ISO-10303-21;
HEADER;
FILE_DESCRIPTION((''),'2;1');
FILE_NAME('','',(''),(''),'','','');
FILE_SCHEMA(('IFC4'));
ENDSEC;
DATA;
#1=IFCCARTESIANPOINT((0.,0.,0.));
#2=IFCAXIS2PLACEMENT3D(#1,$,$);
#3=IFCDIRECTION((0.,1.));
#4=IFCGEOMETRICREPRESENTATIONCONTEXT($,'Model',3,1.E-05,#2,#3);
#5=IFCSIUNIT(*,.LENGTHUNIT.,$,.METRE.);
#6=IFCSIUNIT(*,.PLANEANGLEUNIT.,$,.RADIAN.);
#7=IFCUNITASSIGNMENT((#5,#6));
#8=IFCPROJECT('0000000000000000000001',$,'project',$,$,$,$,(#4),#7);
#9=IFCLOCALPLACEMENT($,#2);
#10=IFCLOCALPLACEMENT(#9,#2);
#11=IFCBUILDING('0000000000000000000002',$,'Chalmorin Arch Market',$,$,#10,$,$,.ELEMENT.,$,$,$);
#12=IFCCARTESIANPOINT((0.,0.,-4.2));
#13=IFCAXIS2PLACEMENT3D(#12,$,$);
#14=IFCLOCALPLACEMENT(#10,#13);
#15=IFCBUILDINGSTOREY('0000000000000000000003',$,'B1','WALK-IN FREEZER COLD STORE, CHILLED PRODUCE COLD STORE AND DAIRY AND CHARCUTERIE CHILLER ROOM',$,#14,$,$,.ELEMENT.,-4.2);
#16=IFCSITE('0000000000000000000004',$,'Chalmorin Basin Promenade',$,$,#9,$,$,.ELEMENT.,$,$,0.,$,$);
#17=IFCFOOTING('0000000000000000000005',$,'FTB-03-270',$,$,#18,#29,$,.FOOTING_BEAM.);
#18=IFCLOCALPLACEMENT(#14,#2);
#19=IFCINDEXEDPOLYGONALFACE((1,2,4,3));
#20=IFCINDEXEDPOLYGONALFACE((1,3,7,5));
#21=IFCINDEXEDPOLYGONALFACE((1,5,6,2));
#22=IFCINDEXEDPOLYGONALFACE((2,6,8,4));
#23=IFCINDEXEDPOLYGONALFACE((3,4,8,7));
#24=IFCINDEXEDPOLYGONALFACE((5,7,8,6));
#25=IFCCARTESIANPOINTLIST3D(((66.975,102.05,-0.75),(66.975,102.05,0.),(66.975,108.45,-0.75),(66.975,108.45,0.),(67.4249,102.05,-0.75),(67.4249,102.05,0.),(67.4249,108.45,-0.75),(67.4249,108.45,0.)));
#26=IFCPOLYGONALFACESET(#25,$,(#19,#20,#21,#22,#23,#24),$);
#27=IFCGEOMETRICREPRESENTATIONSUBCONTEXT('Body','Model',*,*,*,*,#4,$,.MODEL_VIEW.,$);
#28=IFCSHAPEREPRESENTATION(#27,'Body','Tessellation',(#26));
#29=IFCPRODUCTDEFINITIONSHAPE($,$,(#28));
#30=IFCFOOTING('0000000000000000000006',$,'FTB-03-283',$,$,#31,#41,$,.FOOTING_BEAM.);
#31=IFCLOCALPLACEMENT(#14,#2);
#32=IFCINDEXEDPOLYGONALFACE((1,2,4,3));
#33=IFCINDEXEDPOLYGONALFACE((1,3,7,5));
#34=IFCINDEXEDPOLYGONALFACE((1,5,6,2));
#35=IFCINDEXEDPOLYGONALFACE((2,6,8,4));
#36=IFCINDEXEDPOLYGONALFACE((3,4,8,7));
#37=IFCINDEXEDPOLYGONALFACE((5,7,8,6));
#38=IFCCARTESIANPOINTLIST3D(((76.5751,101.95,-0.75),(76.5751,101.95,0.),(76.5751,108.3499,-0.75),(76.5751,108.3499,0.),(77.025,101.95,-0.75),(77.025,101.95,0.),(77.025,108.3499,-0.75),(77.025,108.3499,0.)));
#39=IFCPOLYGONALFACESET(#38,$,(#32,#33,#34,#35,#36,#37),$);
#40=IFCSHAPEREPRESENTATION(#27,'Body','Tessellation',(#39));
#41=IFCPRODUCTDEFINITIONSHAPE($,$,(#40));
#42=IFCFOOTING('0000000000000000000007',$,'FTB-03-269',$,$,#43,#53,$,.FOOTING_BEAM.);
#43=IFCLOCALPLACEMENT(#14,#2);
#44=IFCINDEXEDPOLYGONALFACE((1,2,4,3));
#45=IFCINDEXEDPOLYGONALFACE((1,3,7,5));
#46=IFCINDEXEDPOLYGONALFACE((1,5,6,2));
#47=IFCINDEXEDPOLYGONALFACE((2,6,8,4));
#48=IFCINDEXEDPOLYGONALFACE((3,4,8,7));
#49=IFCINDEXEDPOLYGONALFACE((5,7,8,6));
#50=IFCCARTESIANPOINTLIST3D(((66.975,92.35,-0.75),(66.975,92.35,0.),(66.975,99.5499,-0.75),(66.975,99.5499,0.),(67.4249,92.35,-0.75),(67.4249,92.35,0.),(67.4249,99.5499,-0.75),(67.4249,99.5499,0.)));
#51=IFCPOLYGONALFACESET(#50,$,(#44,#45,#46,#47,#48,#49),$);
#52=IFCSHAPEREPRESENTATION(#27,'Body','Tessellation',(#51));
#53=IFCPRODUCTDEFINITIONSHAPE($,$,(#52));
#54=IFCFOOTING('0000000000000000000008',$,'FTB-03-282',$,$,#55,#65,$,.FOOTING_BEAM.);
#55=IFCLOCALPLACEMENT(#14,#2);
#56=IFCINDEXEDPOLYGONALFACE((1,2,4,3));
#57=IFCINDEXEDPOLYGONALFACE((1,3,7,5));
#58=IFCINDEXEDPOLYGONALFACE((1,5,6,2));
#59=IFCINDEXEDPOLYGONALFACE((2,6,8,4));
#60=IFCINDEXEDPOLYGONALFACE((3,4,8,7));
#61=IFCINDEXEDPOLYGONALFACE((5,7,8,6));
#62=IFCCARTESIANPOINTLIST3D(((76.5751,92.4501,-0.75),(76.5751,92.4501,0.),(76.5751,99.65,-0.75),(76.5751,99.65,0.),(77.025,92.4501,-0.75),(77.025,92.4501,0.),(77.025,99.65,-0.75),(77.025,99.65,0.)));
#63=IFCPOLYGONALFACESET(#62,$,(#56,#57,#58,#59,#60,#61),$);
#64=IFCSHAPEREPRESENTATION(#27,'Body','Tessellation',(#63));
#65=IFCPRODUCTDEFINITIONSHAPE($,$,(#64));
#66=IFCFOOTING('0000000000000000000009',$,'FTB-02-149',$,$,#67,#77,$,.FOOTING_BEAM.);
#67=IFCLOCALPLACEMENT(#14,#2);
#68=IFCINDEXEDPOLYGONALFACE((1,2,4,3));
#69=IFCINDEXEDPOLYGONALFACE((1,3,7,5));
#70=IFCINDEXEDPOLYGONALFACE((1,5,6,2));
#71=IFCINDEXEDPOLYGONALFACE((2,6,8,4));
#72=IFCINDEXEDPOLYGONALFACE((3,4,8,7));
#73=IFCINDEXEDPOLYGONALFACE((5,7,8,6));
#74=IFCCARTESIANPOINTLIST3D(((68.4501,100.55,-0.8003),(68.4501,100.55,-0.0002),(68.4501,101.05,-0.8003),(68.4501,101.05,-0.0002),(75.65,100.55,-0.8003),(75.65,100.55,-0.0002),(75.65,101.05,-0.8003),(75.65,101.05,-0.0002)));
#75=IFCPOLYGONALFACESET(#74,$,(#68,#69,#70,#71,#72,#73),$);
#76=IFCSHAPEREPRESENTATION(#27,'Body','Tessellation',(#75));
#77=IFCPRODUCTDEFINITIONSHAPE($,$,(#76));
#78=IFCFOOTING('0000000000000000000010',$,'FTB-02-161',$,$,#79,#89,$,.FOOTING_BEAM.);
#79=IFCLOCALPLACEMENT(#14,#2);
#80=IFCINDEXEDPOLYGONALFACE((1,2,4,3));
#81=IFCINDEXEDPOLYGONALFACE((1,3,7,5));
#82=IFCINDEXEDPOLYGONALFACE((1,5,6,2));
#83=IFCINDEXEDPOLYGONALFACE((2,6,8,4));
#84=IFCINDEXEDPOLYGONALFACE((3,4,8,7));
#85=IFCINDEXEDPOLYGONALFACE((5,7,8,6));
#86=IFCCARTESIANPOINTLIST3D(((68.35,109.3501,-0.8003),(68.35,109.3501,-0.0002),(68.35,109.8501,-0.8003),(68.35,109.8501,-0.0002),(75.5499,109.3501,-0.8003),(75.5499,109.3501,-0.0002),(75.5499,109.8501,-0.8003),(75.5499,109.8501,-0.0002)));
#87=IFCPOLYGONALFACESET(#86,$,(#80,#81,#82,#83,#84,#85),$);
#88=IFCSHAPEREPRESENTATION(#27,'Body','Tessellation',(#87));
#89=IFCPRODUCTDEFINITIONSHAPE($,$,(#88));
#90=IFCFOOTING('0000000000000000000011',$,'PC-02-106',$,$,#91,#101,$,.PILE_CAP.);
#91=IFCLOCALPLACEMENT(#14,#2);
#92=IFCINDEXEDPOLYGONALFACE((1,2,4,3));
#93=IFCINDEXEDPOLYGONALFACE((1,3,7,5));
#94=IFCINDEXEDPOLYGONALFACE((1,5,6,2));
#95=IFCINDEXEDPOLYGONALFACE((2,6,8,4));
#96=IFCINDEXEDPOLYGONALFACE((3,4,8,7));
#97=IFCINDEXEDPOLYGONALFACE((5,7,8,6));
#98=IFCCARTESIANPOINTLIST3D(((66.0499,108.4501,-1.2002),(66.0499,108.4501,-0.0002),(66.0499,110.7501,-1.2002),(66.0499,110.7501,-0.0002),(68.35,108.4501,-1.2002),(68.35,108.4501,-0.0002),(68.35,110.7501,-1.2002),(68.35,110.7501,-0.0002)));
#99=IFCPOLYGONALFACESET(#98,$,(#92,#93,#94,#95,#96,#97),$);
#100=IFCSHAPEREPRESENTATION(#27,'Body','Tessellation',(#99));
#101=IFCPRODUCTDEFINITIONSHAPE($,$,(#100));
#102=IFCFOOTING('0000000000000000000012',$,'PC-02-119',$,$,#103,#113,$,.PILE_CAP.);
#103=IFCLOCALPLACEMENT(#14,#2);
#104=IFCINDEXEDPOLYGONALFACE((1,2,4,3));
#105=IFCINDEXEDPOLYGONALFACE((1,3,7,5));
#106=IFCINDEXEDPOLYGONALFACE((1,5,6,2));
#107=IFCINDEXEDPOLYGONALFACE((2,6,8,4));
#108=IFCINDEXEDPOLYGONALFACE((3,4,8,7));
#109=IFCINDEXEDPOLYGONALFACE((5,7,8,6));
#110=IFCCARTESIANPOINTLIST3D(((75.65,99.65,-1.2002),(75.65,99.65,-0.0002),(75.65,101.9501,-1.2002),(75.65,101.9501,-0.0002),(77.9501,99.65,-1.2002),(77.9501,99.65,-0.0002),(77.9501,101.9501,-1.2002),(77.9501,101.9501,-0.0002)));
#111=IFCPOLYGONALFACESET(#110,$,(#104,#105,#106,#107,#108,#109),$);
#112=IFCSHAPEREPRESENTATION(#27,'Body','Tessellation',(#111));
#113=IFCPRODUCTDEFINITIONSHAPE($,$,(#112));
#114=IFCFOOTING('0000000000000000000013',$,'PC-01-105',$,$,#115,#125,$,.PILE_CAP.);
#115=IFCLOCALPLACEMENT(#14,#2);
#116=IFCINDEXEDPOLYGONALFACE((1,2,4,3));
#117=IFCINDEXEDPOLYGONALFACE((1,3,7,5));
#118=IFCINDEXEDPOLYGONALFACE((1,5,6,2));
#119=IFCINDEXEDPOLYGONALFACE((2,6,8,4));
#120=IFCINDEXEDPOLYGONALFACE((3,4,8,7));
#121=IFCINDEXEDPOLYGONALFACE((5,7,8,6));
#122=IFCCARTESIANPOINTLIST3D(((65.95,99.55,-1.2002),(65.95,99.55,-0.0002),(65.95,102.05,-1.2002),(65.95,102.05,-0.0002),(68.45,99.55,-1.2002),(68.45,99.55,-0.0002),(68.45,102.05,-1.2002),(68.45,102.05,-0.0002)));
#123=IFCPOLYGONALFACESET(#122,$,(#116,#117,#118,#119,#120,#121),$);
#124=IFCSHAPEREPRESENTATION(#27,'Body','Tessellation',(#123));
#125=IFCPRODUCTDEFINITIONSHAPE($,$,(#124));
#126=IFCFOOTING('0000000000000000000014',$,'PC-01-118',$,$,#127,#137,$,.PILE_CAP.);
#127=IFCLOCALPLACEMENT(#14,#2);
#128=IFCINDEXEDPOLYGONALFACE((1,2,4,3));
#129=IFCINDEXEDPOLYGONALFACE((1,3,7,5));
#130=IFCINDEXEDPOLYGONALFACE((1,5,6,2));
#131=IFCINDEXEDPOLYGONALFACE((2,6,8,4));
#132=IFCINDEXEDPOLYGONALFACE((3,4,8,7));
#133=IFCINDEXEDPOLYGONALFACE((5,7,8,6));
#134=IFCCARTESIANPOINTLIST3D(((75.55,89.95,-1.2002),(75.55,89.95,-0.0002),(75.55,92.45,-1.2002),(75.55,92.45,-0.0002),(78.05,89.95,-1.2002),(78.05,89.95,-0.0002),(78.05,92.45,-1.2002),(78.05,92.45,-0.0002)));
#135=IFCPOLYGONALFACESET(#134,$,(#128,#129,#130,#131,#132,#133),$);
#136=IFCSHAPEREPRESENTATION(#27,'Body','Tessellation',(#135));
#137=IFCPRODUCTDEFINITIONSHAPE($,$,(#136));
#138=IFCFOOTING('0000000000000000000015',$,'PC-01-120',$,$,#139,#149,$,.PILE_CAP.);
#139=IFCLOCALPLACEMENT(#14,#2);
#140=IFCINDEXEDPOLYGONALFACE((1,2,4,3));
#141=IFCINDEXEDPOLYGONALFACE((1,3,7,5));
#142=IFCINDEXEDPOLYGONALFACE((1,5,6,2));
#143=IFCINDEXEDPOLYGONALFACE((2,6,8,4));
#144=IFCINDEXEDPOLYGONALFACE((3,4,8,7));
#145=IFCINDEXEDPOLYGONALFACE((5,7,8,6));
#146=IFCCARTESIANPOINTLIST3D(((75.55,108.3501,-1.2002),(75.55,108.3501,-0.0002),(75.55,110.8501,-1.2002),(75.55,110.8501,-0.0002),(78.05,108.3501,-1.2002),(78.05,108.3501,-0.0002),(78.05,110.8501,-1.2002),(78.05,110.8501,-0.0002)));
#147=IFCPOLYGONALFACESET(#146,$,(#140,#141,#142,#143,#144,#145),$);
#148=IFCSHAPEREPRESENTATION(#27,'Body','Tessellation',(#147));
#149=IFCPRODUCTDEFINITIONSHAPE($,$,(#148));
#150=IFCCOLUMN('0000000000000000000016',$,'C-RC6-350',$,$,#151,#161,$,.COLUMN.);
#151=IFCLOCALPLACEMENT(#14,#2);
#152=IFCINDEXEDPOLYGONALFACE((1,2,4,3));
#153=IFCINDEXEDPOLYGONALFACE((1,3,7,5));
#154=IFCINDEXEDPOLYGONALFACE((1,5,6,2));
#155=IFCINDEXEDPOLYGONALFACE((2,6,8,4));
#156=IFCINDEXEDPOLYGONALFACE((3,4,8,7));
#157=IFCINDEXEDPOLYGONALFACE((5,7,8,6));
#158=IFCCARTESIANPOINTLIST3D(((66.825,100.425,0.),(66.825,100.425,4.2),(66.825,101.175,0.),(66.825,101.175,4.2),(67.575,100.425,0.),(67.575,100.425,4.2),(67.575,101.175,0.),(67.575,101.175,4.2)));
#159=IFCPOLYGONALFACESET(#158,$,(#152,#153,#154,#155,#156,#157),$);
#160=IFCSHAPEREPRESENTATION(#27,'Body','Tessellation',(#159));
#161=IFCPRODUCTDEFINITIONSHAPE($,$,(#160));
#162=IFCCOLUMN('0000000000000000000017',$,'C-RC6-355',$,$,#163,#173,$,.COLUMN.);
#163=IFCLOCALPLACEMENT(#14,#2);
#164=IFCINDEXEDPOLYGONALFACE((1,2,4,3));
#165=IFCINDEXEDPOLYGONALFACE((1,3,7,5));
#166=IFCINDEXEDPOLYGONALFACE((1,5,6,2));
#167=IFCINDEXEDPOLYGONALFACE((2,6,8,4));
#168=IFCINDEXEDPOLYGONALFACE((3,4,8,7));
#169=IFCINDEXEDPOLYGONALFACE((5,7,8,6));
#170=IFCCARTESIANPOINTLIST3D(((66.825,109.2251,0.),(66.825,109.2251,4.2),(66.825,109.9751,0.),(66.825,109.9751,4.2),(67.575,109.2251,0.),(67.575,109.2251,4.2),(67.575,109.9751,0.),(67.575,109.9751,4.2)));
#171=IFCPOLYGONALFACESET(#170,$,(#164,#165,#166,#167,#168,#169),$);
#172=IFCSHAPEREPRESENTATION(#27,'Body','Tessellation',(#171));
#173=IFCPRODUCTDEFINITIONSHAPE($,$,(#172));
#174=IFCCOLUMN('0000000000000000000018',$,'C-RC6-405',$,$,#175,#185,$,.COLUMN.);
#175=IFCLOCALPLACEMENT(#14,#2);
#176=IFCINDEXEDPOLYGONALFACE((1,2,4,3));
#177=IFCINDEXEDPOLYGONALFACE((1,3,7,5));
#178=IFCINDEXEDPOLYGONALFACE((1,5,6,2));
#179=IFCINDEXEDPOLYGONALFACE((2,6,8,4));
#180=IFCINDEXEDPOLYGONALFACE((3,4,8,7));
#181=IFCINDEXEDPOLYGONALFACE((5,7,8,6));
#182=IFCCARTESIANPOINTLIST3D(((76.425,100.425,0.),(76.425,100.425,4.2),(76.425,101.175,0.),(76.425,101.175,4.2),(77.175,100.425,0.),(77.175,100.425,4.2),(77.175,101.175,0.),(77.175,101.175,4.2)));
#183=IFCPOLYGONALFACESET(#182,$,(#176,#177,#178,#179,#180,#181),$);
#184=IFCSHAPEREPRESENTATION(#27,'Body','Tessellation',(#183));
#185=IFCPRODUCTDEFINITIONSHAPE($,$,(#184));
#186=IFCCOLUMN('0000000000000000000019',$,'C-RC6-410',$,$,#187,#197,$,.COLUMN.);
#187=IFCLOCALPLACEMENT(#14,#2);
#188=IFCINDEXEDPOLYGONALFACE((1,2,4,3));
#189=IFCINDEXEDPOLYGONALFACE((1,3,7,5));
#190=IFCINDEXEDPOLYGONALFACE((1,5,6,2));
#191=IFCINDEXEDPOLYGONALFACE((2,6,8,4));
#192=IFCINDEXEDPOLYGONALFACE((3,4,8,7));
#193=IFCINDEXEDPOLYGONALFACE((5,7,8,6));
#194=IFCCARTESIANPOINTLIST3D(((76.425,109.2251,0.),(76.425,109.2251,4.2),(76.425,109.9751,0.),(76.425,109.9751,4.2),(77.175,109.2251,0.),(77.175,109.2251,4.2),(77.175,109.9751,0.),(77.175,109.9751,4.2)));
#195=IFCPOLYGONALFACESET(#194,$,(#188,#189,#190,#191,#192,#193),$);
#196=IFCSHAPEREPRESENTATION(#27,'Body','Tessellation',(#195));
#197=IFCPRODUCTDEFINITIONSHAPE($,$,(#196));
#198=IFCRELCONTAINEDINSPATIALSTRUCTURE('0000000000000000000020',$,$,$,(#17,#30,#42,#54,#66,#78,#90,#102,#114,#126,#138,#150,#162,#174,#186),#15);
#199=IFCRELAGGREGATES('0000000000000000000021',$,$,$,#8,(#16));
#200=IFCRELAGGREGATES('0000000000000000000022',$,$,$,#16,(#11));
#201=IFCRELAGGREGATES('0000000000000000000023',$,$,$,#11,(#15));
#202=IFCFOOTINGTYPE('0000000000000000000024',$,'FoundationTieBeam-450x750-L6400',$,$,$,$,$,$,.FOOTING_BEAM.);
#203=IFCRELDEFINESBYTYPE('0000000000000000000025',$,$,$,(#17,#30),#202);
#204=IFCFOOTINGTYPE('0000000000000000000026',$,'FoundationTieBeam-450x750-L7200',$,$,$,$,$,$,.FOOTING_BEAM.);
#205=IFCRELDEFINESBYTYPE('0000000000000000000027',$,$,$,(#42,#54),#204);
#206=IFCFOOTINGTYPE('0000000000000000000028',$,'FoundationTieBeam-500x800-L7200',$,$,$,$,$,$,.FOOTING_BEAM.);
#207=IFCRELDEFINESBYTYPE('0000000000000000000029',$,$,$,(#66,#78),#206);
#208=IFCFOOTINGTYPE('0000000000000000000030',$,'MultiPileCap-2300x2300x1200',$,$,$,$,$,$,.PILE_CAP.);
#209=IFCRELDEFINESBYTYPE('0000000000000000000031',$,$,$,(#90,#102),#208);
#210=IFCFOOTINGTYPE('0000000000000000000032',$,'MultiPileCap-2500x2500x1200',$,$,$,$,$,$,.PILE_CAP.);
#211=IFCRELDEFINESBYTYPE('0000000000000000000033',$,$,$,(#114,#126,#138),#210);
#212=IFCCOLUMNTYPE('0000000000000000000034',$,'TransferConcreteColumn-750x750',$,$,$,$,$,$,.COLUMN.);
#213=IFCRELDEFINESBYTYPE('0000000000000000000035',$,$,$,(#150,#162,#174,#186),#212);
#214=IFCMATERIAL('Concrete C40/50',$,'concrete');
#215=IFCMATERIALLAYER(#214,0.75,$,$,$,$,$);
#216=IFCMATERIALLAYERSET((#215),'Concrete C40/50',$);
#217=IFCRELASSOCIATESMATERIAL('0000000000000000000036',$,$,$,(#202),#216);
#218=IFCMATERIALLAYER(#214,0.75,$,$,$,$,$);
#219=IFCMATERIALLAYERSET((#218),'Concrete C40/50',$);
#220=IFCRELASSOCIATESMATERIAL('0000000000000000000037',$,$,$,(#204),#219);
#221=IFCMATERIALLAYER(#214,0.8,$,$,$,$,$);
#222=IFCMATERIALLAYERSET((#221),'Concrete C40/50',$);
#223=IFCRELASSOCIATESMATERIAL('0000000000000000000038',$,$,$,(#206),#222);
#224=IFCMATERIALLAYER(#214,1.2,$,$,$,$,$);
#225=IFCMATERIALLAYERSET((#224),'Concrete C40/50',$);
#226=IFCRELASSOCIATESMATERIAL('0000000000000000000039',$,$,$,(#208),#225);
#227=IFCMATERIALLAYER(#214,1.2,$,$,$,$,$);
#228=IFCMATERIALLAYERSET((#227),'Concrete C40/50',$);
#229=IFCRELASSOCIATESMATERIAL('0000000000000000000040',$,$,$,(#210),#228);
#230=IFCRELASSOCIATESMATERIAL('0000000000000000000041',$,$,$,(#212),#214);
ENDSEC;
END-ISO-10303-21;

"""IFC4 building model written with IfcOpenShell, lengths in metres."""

from ifc_helpers import new_model, si_unit, direction, frame, origin, origin_2d, place, context, subcontext, project, spatial, rectangle, extrude, material, layer, layer_set, material_profile, profile_set, type_object, element, save


model = new_model("IFC4")

# Units and contexts
model_context = context("Model", 3, precision=1e-05, world=origin(), true_north=direction((0.0, 1.0)))
body_context = subcontext(model_context, "Body", "Model", "MODEL_VIEW")
ifc_project = project(units=[si_unit("LENGTHUNIT", "METRE"), si_unit("PLANEANGLEUNIT", "RADIAN")], contexts=[model_context])

# Site, building, storey
site_placement = place(None, origin())
site = spatial("IfcSite", under=ifc_project, at=site_placement, Name="Chalmorin Basin Promenade", CompositionType="ELEMENT", RefElevation=0.0)
building_placement = place(site_placement, origin())
building = spatial("IfcBuilding", under=site, at=building_placement, Name="Chalmorin Arch Market", CompositionType="ELEMENT")
storey_placement = place(building_placement, frame((0.0, 0.0, -4.2)))
storey = spatial("IfcBuildingStorey", under=building, at=storey_placement, Name="B1", Description="WALK-IN FREEZER COLD STORE, CHILLED PRODUCE COLD STORE AND DAIRY AND CHARCUTERIE CHILLER ROOM", CompositionType="ELEMENT", Elevation=-4.2)

# Footings
ifc_material_1 = material(Name="Concrete C40/50", Category="concrete")
ifc_layer_1 = layer(ifc_material_1, 0.75)
ifc_layer_set_1 = layer_set([ifc_layer_1], Name="Concrete C40/50")
footing_type_1 = type_object("IfcFootingType", Name="FoundationTieBeam-450x750-L6400", PredefinedType="FOOTING_BEAM", material=ifc_layer_set_1)
for number, where, z_axis, x_axis, name in (
    (1, (67.2, 105.25, -0.75), (0.0, 0.0, 1.0), (0.0, 1.0, 0.0), "FTB-03-270"),
    (2, (76.8, 105.1499, -0.75), (0.0, 0.0, 1.0), (0.0, 1.0, 0.0), "FTB-03-283"),
):
    element("IfcFooting", number, at=place(storey_placement, frame(where, z_axis=z_axis, x_axis=x_axis)), inside=storey, type_object=footing_type_1, Name=name, PredefinedType="FOOTING_BEAM", context=body_context, shape_type="SweptSolid", body=[
        extrude(rectangle(XDim=6.3999, YDim=0.45, at=origin_2d()), origin(), (0.0, 0.0, 1.0), 0.75),
    ])
ifc_layer_2 = layer(ifc_material_1, 0.75)
ifc_layer_set_2 = layer_set([ifc_layer_2], Name="Concrete C40/50")
footing_type_2 = type_object("IfcFootingType", Name="FoundationTieBeam-450x750-L7200", PredefinedType="FOOTING_BEAM", material=ifc_layer_set_2)
for number, where, z_axis, x_axis, name in (
    (3, (67.2, 95.95, -0.75), (0.0, 0.0, 1.0), (0.0, 1.0, 0.0), "FTB-03-269"),
    (4, (76.8, 96.05, -0.75), (0.0, 0.0, 1.0), (0.0, 1.0, 0.0), "FTB-03-282"),
):
    element("IfcFooting", number, at=place(storey_placement, frame(where, z_axis=z_axis, x_axis=x_axis)), inside=storey, type_object=footing_type_2, Name=name, PredefinedType="FOOTING_BEAM", context=body_context, shape_type="SweptSolid", body=[
        extrude(rectangle(XDim=7.2, YDim=0.45, at=origin_2d()), origin(), (0.0, 0.0, 1.0), 0.75),
    ])
ifc_layer_3 = layer(ifc_material_1, 0.8)
ifc_layer_set_3 = layer_set([ifc_layer_3], Name="Concrete C40/50")
footing_type_3 = type_object("IfcFootingType", Name="FoundationTieBeam-500x800-L7200", PredefinedType="FOOTING_BEAM", material=ifc_layer_set_3)
for number, where, z_axis, x_axis, name in (
    (5, (72.05, 100.8, -0.8003), (0.0, 0.0, 1.0), (1.0, 0.0, 0.0), "FTB-02-149"),
    (6, (71.95, 109.6001, -0.8003), (0.0, 0.0, 1.0), (1.0, 0.0, 0.0), "FTB-02-161"),
):
    element("IfcFooting", number, at=place(storey_placement, frame(where, z_axis=z_axis, x_axis=x_axis)), inside=storey, type_object=footing_type_3, Name=name, PredefinedType="FOOTING_BEAM", context=body_context, shape_type="SweptSolid", body=[
        extrude(rectangle(XDim=7.2, YDim=0.5, at=origin_2d()), origin(), (0.0, 0.0, 1.0), 0.8),
    ])
ifc_layer_4 = layer(ifc_material_1, 1.2)
ifc_layer_set_4 = layer_set([ifc_layer_4], Name="Concrete C40/50")
footing_type_4 = type_object("IfcFootingType", Name="MultiPileCap-2300x2300x1200", PredefinedType="PILE_CAP", material=ifc_layer_set_4)
for number, where, z_axis, x_axis, name in (
    (7, (67.2, 109.6001, -1.2002), (0.0, 0.0, 1.0), (1.0, 0.0, 0.0), "PC-02-106"),
    (8, (76.8, 100.8, -1.2002), (0.0, 0.0, 1.0), (1.0, 0.0, 0.0), "PC-02-119"),
):
    element("IfcFooting", number, at=place(storey_placement, frame(where, z_axis=z_axis, x_axis=x_axis)), inside=storey, type_object=footing_type_4, Name=name, PredefinedType="PILE_CAP", context=body_context, shape_type="SweptSolid", body=[
        extrude(rectangle(XDim=2.3, YDim=2.3, at=origin_2d()), origin(), (0.0, 0.0, 1.0), 1.2),
    ])
ifc_layer_5 = layer(ifc_material_1, 1.2)
ifc_layer_set_5 = layer_set([ifc_layer_5], Name="Concrete C40/50")
footing_type_5 = type_object("IfcFootingType", Name="MultiPileCap-2500x2500x1200", PredefinedType="PILE_CAP", material=ifc_layer_set_5)
for number, where, z_axis, x_axis, name in (
    (9, (67.2, 100.8, -1.2002), (0.0, 0.0, 1.0), (1.0, 0.0, 0.0), "PC-01-105"),
    (10, (76.8, 91.2, -1.2002), (0.0, 0.0, 1.0), (1.0, 0.0, 0.0), "PC-01-118"),
    (11, (76.8, 109.6001, -1.2002), (0.0, 0.0, 1.0), (1.0, 0.0, 0.0), "PC-01-120"),
):
    element("IfcFooting", number, at=place(storey_placement, frame(where, z_axis=z_axis, x_axis=x_axis)), inside=storey, type_object=footing_type_5, Name=name, PredefinedType="PILE_CAP", context=body_context, shape_type="SweptSolid", body=[
        extrude(rectangle(XDim=2.5, YDim=2.5, at=origin_2d()), origin(), (0.0, 0.0, 1.0), 1.2),
    ])

# Columns
ifc_material_profile_1 = material_profile(ifc_material_1, rectangle(XDim=0.75, YDim=0.75, at=origin_2d()), Name="RC750X750")
ifc_profile_set_1 = profile_set([ifc_material_profile_1], Name="Concrete C40/50")
column_type = type_object("IfcColumnType", Name="TransferConcreteColumn-750x750", PredefinedType="COLUMN", material=ifc_profile_set_1)
for number, where, z_axis, x_axis, name in (
    (12, (67.2, 100.8, 0.0), (0.0, 0.0, 1.0), (1.0, 0.0, 0.0), "C-RC6-350"),
    (13, (67.2, 109.6001, 0.0), (0.0, 0.0, 1.0), (1.0, 0.0, 0.0), "C-RC6-355"),
    (14, (76.8, 100.8, 0.0), (0.0, 0.0, 1.0), (1.0, 0.0, 0.0), "C-RC6-405"),
    (15, (76.8, 109.6001, 0.0), (0.0, 0.0, 1.0), (1.0, 0.0, 0.0), "C-RC6-410"),
):
    element("IfcColumn", number, at=place(storey_placement, frame(where, z_axis=z_axis, x_axis=x_axis)), inside=storey, type_object=column_type, Name=name, PredefinedType="COLUMN", context=body_context, shape_type="SweptSolid", body=[
        extrude(rectangle(XDim=0.75, YDim=0.75, at=origin_2d()), origin(), (0.0, 0.0, 1.0), 4.2),
    ])

save(model, "model.ifc")
